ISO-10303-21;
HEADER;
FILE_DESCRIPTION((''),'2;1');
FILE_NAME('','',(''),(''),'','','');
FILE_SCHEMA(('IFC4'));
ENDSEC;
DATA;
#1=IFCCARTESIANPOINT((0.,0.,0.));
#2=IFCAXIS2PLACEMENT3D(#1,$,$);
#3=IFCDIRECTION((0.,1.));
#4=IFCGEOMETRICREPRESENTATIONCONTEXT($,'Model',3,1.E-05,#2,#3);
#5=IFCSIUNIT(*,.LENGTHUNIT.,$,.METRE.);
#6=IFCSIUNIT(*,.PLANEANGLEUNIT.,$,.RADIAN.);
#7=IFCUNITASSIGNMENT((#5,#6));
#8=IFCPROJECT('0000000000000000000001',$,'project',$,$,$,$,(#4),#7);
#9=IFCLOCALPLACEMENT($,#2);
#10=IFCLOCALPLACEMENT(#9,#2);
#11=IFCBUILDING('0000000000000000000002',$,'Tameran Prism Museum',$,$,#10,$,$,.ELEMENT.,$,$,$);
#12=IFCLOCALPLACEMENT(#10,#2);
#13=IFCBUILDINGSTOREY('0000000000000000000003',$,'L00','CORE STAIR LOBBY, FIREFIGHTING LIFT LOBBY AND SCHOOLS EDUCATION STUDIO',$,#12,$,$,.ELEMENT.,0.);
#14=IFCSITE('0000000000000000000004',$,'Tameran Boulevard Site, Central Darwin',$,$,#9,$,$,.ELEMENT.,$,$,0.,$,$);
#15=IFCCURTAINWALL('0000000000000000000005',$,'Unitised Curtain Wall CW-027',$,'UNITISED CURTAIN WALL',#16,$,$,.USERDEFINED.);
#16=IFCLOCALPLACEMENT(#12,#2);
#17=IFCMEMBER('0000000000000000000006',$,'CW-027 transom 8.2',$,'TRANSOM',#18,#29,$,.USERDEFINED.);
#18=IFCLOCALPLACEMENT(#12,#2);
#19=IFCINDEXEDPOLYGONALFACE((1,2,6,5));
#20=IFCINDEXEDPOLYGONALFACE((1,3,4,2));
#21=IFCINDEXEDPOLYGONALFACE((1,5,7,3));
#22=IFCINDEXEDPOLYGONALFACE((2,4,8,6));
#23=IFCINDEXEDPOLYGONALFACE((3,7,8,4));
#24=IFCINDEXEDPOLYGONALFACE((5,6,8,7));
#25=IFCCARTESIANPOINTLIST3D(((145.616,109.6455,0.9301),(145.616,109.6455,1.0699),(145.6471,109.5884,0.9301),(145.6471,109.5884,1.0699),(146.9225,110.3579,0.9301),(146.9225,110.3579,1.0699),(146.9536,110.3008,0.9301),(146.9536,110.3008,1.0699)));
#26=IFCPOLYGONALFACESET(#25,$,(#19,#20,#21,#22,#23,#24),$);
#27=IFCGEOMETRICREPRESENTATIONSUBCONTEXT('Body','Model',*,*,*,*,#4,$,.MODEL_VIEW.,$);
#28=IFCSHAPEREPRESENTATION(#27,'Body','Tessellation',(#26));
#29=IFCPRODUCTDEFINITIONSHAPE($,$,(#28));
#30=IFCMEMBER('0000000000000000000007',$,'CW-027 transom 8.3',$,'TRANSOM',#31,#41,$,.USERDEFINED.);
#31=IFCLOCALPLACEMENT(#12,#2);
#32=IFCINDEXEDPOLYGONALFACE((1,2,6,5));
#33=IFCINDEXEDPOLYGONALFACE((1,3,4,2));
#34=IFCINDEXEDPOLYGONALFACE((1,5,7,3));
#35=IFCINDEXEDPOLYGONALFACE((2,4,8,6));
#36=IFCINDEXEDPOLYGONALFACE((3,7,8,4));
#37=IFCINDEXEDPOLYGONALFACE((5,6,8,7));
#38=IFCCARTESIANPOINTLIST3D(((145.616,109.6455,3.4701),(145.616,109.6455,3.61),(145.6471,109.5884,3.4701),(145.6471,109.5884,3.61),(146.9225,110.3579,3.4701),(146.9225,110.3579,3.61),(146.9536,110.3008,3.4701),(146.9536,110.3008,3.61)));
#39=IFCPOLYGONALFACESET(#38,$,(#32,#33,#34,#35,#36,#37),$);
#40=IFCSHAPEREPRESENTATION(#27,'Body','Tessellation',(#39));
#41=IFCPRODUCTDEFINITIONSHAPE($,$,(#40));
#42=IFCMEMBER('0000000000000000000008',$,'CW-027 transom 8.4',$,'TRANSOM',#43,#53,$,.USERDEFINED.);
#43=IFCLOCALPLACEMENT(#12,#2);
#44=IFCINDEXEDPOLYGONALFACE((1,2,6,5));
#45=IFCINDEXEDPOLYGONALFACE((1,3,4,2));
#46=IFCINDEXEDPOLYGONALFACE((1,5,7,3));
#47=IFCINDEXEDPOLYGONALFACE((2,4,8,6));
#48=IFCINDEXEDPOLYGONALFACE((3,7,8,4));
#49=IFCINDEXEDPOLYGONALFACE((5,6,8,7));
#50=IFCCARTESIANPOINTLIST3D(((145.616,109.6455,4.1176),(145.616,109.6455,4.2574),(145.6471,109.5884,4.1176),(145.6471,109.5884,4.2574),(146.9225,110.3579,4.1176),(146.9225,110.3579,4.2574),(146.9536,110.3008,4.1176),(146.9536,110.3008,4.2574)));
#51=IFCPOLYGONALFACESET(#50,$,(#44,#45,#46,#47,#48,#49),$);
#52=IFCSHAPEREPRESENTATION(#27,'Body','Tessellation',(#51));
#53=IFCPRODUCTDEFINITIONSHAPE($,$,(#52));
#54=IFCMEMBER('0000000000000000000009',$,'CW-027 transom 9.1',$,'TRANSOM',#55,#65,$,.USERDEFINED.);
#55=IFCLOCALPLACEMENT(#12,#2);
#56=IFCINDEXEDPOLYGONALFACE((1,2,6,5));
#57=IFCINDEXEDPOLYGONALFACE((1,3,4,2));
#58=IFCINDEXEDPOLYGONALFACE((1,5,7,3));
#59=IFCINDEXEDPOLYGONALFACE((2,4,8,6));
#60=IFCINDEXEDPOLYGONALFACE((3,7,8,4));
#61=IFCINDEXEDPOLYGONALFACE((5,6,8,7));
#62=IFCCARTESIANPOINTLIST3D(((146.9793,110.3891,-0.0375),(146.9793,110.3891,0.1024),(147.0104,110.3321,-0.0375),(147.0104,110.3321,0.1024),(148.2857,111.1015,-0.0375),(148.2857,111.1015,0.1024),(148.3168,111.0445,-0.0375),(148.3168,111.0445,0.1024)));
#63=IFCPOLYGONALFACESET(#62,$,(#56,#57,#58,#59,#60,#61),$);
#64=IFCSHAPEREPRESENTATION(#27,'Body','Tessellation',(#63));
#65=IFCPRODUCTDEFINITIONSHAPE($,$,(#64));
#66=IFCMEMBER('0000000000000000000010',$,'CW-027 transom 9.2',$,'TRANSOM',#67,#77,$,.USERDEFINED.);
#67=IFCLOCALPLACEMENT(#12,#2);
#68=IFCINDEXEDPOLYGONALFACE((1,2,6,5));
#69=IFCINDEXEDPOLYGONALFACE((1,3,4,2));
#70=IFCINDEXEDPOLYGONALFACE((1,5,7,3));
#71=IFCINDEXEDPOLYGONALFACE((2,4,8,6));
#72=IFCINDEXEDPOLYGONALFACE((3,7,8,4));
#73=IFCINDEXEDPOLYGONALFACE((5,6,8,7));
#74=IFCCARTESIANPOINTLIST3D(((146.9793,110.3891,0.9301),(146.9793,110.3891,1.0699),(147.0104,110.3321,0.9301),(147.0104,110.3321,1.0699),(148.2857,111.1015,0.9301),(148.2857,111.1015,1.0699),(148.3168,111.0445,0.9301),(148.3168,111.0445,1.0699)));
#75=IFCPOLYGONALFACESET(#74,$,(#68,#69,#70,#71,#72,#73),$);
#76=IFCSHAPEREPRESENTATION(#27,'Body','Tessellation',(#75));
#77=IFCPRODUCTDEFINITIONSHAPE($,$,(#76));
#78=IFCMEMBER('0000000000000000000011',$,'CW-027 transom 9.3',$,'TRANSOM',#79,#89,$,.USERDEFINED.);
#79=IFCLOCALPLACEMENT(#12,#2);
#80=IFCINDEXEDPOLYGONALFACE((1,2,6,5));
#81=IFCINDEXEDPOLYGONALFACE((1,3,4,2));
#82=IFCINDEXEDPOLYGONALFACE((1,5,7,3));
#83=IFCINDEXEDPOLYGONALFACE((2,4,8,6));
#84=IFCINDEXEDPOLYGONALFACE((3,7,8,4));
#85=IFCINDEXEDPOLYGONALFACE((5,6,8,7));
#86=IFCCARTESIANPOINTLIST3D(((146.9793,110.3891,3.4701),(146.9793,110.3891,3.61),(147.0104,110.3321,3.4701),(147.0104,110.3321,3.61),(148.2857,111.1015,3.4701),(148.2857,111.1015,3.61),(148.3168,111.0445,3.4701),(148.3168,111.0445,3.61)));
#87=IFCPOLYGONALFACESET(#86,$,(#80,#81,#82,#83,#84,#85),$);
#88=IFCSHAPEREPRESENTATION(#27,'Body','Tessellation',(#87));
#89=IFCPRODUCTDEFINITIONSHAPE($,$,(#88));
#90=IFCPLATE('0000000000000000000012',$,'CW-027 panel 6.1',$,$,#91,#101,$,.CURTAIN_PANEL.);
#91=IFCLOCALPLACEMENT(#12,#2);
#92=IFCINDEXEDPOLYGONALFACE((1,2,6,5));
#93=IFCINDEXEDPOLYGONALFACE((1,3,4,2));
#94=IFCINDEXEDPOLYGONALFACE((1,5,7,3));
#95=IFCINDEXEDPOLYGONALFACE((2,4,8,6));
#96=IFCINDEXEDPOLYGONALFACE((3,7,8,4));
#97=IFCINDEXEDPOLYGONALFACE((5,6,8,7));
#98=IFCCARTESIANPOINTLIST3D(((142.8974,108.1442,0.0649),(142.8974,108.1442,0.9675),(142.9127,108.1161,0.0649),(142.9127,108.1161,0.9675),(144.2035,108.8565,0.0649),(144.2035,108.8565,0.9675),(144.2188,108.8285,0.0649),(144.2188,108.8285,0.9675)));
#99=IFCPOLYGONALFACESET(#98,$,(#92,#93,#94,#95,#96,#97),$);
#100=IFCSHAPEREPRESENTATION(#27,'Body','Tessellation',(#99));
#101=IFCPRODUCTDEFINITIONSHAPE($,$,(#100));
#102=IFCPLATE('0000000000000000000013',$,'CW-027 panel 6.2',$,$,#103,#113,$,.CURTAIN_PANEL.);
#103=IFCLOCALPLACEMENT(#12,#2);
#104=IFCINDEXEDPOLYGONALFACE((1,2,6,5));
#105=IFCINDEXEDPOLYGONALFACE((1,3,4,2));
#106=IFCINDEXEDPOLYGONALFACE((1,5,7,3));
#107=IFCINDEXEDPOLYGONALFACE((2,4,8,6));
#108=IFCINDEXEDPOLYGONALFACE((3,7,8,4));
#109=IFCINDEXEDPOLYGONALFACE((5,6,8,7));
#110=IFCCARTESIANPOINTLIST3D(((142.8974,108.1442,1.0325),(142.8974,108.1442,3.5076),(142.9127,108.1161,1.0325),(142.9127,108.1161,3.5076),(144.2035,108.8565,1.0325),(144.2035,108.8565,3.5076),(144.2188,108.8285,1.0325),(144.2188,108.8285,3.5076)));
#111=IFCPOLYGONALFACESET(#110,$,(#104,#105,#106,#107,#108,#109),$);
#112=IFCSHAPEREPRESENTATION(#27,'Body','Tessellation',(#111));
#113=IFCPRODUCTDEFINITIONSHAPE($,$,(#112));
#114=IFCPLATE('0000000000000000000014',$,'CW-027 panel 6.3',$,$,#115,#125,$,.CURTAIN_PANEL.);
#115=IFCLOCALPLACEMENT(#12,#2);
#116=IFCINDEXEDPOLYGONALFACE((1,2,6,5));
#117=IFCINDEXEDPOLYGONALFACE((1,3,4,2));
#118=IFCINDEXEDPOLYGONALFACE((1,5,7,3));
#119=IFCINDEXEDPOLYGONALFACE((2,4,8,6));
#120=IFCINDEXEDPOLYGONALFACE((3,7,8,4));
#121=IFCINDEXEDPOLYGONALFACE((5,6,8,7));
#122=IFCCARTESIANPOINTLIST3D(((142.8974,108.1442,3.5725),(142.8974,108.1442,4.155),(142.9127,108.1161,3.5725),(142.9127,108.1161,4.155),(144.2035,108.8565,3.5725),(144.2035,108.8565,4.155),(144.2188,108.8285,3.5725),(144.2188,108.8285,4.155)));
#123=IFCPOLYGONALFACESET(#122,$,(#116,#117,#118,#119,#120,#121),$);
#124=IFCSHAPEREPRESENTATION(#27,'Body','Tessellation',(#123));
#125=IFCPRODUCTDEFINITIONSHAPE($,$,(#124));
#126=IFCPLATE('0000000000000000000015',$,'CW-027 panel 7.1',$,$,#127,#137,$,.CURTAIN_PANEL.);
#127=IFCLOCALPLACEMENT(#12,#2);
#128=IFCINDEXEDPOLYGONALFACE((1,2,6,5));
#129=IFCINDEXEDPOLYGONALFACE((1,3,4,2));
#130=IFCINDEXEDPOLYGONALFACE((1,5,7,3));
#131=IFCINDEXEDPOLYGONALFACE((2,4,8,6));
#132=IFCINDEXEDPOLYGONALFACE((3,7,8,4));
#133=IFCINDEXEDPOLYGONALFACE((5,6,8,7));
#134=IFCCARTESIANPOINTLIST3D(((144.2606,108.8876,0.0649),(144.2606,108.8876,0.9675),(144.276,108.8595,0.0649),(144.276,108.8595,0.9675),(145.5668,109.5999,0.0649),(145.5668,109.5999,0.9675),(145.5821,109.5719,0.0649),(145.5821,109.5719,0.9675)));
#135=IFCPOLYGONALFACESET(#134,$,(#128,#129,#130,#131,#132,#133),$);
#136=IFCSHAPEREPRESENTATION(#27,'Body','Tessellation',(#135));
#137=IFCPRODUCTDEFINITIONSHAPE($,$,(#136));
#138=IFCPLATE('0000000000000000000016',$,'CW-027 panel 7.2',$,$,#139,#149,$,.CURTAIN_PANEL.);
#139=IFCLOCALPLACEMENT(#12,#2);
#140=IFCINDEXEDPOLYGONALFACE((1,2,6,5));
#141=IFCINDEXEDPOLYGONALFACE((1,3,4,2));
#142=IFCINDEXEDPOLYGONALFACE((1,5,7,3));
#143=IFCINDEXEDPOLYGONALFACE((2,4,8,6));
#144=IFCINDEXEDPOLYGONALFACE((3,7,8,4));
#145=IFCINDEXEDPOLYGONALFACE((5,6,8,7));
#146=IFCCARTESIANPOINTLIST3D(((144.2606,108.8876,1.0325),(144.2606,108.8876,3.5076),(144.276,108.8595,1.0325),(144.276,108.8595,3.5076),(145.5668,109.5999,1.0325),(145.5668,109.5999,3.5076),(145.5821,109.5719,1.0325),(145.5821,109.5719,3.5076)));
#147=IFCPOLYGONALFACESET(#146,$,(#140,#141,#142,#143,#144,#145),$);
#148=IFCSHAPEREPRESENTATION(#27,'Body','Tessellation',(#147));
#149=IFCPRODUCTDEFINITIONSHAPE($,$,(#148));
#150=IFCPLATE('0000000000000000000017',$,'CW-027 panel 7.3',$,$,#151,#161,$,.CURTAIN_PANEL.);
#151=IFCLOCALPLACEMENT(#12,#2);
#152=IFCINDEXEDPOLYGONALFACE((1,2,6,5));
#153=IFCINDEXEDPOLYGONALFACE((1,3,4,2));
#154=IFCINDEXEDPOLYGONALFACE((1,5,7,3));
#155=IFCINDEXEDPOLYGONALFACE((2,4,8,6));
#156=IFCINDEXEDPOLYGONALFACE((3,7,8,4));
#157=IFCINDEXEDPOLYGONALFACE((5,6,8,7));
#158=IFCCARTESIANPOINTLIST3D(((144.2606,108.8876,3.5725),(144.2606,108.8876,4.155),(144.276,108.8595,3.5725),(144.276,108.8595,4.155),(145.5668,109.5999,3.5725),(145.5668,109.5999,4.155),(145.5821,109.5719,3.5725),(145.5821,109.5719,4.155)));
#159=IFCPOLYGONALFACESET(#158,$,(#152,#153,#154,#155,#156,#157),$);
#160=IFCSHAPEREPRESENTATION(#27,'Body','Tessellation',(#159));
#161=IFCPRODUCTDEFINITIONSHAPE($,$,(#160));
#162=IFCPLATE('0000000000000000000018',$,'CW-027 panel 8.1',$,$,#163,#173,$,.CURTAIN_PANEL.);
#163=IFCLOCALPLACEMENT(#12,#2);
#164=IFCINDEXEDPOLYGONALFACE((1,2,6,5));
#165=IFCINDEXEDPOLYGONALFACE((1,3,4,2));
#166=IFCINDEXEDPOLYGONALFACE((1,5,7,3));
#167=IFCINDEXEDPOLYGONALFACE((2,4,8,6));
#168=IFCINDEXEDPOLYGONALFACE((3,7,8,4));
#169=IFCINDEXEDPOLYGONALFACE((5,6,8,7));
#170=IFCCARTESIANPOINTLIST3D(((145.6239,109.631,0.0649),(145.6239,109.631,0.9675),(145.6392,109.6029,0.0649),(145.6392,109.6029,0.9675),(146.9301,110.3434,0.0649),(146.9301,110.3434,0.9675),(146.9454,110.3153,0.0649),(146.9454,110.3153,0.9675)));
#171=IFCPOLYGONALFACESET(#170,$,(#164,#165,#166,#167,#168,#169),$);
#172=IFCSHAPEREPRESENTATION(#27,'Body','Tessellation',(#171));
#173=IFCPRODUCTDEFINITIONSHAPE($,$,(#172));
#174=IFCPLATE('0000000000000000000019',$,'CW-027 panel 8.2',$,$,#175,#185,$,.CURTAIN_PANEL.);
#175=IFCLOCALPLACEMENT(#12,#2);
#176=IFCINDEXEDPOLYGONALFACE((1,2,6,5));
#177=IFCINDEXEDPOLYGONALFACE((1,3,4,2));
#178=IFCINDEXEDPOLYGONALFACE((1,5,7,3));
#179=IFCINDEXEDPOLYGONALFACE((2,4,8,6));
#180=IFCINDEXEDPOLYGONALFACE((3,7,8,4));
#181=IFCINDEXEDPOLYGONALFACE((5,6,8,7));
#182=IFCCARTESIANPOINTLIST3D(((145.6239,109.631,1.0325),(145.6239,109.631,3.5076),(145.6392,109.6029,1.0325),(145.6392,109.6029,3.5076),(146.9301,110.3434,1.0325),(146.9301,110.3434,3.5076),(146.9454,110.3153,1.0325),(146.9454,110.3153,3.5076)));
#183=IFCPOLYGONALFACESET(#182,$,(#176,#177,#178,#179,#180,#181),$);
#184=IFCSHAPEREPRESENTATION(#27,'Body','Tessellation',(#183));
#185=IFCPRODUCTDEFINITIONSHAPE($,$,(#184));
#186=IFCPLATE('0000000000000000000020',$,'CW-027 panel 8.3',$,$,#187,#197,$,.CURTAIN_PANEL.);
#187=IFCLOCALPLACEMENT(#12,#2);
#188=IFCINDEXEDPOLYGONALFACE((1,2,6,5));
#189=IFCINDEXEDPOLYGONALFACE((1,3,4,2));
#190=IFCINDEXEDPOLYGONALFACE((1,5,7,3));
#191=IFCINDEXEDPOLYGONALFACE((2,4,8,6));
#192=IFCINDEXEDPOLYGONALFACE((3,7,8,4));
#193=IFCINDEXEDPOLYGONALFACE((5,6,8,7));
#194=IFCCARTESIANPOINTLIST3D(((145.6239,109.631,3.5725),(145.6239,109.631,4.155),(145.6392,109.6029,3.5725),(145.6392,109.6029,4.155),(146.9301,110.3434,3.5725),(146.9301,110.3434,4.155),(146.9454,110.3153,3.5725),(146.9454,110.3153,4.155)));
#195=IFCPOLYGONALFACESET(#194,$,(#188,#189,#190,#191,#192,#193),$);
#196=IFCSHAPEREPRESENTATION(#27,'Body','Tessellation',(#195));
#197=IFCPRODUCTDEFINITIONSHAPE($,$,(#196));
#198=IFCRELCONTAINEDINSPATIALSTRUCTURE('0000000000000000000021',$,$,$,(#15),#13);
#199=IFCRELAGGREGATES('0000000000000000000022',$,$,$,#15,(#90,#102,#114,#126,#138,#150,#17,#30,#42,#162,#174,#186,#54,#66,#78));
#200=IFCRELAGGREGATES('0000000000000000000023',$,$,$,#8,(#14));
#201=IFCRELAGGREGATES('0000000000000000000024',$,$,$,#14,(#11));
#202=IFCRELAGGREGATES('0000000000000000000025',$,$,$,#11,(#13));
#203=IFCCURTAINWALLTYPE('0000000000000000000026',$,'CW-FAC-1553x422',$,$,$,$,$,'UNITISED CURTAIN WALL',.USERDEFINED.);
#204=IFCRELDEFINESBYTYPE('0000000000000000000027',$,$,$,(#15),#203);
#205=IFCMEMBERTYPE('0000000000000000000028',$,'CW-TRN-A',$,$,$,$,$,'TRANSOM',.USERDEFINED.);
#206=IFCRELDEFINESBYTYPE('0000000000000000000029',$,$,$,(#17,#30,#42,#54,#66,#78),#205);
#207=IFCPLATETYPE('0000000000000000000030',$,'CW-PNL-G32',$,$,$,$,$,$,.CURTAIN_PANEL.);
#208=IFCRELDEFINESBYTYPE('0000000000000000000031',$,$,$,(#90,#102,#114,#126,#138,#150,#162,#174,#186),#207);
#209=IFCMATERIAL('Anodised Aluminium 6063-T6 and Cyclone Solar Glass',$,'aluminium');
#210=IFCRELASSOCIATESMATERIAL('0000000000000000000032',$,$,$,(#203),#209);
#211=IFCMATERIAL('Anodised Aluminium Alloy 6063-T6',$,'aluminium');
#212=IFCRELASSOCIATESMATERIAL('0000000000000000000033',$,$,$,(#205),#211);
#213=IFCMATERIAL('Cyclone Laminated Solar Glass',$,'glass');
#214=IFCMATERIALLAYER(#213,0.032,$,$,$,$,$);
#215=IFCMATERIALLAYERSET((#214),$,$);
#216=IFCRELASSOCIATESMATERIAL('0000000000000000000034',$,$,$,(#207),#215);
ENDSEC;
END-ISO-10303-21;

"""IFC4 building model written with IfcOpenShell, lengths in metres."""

from ifc_helpers import new_model, si_unit, direction, frame, origin, origin_2d, place, context, subcontext, project, spatial, rectangle, extrude, material, layer, layer_set, material_profile, profile_set, type_object, element, aggregate, save


model = new_model("IFC4")

# Units and contexts
model_context = context("Model", 3, precision=1e-05, world=origin(), true_north=direction((0.0, 1.0)))
body_context = subcontext(model_context, "Body", "Model", "MODEL_VIEW")
ifc_project = project(units=[si_unit("LENGTHUNIT", "METRE"), si_unit("PLANEANGLEUNIT", "RADIAN")], contexts=[model_context])

# Site, building, storey
site_placement = place(None, origin())
site = spatial("IfcSite", under=ifc_project, at=site_placement, Name="Tameran Boulevard Site, Central Darwin", CompositionType="ELEMENT", RefElevation=0.0)
building_placement = place(site_placement, origin())
building = spatial("IfcBuilding", under=site, at=building_placement, Name="Tameran Prism Museum", CompositionType="ELEMENT")
storey_placement = place(building_placement, origin())
storey = spatial("IfcBuildingStorey", under=building, at=storey_placement, Name="L00", Description="CORE STAIR LOBBY, FIREFIGHTING LIFT LOBBY AND SCHOOLS EDUCATION STUDIO", CompositionType="ELEMENT", Elevation=0.0)

# Curtain wall, members, plates
ifc_material_1 = material(Name="Anodised Aluminium 6063-T6 and Cyclone Solar Glass", Category="aluminium")
curtain_wall_type = type_object("IfcCurtainWallType", Name="CW-FAC-1553x422", ElementType="UNITISED CURTAIN WALL", PredefinedType="USERDEFINED", material=ifc_material_1)
curtain_wall_placement = place(storey_placement, origin())
curtain_wall = element("IfcCurtainWall", 1, at=curtain_wall_placement, inside=storey, type_object=curtain_wall_type, Name="Unitised Curtain Wall CW-027", ObjectType="UNITISED CURTAIN WALL", PredefinedType="USERDEFINED")
ifc_material_2 = material(Name="Anodised Aluminium Alloy 6063-T6", Category="aluminium")
ifc_material_profile_1 = material_profile(ifc_material_2, rectangle(XDim=0.0649, YDim=0.1399, at=origin_2d()))
ifc_profile_set_1 = profile_set([ifc_material_profile_1])
member_type_1 = type_object("IfcMemberType", Name="CW-TRN-A", ElementType="TRANSOM", PredefinedType="USERDEFINED", material=ifc_profile_set_1)
member_1_placement = place(storey_placement, frame((145.6316, 109.6169, 1.0), z_axis=(0.877946, 0.47876, 0.0), x_axis=(-0.47876, 0.877946, 0.0)))
member_1 = element("IfcMember", 2, at=member_1_placement, type_object=member_type_1, Name="CW-027 transom 8.2", ObjectType="TRANSOM", PredefinedType="USERDEFINED", context=body_context, shape_type="SweptSolid", body=[
    extrude(rectangle(XDim=0.0649, YDim=0.1399, at=origin_2d()), origin(), (0.0, 0.0, 1.0), 1.488),
])
member_2_placement = place(storey_placement, frame((145.6316, 109.6169, 3.54), z_axis=(0.877946, 0.47876, 0.0), x_axis=(-0.47876, 0.877946, 0.0)))
member_2 = element("IfcMember", 3, at=member_2_placement, type_object=member_type_1, Name="CW-027 transom 8.3", ObjectType="TRANSOM", PredefinedType="USERDEFINED", context=body_context, shape_type="SweptSolid", body=[
    extrude(rectangle(XDim=0.0649, YDim=0.1399, at=origin_2d()), origin(), (0.0, 0.0, 1.0), 1.488),
])
member_3_placement = place(storey_placement, frame((145.6316, 109.6169, 4.1875), z_axis=(0.877946, 0.47876, 0.0), x_axis=(-0.47876, 0.877946, 0.0)))
member_3 = element("IfcMember", 4, at=member_3_placement, type_object=member_type_1, Name="CW-027 transom 8.4", ObjectType="TRANSOM", PredefinedType="USERDEFINED", context=body_context, shape_type="SweptSolid", body=[
    extrude(rectangle(XDim=0.0649, YDim=0.1399, at=origin_2d()), origin(), (0.0, 0.0, 1.0), 1.488),
])
member_4_placement = place(storey_placement, frame((146.9949, 110.3606, 0.0325), z_axis=(0.877946, 0.47876, 0.0), x_axis=(-0.47876, 0.877946, 0.0)))
member_4 = element("IfcMember", 5, at=member_4_placement, type_object=member_type_1, Name="CW-027 transom 9.1", ObjectType="TRANSOM", PredefinedType="USERDEFINED", context=body_context, shape_type="SweptSolid", body=[
    extrude(rectangle(XDim=0.0649, YDim=0.1399, at=origin_2d()), origin(), (0.0, 0.0, 1.0), 1.488),
])
member_5_placement = place(storey_placement, frame((146.9949, 110.3606, 1.0), z_axis=(0.877946, 0.47876, 0.0), x_axis=(-0.47876, 0.877946, 0.0)))
member_5 = element("IfcMember", 6, at=member_5_placement, type_object=member_type_1, Name="CW-027 transom 9.2", ObjectType="TRANSOM", PredefinedType="USERDEFINED", context=body_context, shape_type="SweptSolid", body=[
    extrude(rectangle(XDim=0.0649, YDim=0.1399, at=origin_2d()), origin(), (0.0, 0.0, 1.0), 1.488),
])
member_6_placement = place(storey_placement, frame((146.9949, 110.3606, 3.54), z_axis=(0.877946, 0.47876, 0.0), x_axis=(-0.47876, 0.877946, 0.0)))
member_6 = element("IfcMember", 7, at=member_6_placement, type_object=member_type_1, Name="CW-027 transom 9.3", ObjectType="TRANSOM", PredefinedType="USERDEFINED", context=body_context, shape_type="SweptSolid", body=[
    extrude(rectangle(XDim=0.0649, YDim=0.1399, at=origin_2d()), origin(), (0.0, 0.0, 1.0), 1.488),
])
ifc_material_3 = material(Name="Cyclone Laminated Solar Glass", Category="glass")
ifc_layer = layer(ifc_material_3, 0.032)
ifc_layer_set = layer_set([ifc_layer])
plate_type = type_object("IfcPlateType", Name="CW-PNL-G32", PredefinedType="CURTAIN_PANEL", material=ifc_layer_set)
plate_1_placement = place(storey_placement, frame((143.5581, 108.4863, 0.0649), z_axis=(0.0, 0.0, 1.0), x_axis=(0.877928, 0.478793, 0.0)))
plate_1 = element("IfcPlate", 8, at=plate_1_placement, type_object=plate_type, Name="CW-027 panel 6.1", PredefinedType="CURTAIN_PANEL", context=body_context, shape_type="SweptSolid", body=[
    extrude(rectangle(XDim=1.4878, YDim=0.032, at=origin_2d()), origin(), (0.0, 0.0, 1.0), 0.9026),
])
plate_2_placement = place(storey_placement, frame((143.5581, 108.4863, 1.0325), z_axis=(0.0, 0.0, 1.0), x_axis=(0.877928, 0.478793, 0.0)))
plate_2 = element("IfcPlate", 9, at=plate_2_placement, type_object=plate_type, Name="CW-027 panel 6.2", PredefinedType="CURTAIN_PANEL", context=body_context, shape_type="SweptSolid", body=[
    extrude(rectangle(XDim=1.4878, YDim=0.032, at=origin_2d()), origin(), (0.0, 0.0, 1.0), 2.4751),
])
plate_3_placement = place(storey_placement, frame((143.5581, 108.4863, 3.5725), z_axis=(0.0, 0.0, 1.0), x_axis=(0.877928, 0.478793, 0.0)))
plate_3 = element("IfcPlate", 10, at=plate_3_placement, type_object=plate_type, Name="CW-027 panel 6.3", PredefinedType="CURTAIN_PANEL", context=body_context, shape_type="SweptSolid", body=[
    extrude(rectangle(XDim=1.4878, YDim=0.032, at=origin_2d()), origin(), (0.0, 0.0, 1.0), 0.5825),
])
plate_4_placement = place(storey_placement, frame((144.9214, 109.2297, 0.0649), z_axis=(0.0, 0.0, 1.0), x_axis=(0.877928, 0.478793, 0.0)))
plate_4 = element("IfcPlate", 11, at=plate_4_placement, type_object=plate_type, Name="CW-027 panel 7.1", PredefinedType="CURTAIN_PANEL", context=body_context, shape_type="SweptSolid", body=[
    extrude(rectangle(XDim=1.4878, YDim=0.032, at=origin_2d()), origin(), (0.0, 0.0, 1.0), 0.9026),
])
plate_5_placement = place(storey_placement, frame((144.9214, 109.2297, 1.0325), z_axis=(0.0, 0.0, 1.0), x_axis=(0.877928, 0.478793, 0.0)))
plate_5 = element("IfcPlate", 12, at=plate_5_placement, type_object=plate_type, Name="CW-027 panel 7.2", PredefinedType="CURTAIN_PANEL", context=body_context, shape_type="SweptSolid", body=[
    extrude(rectangle(XDim=1.4878, YDim=0.032, at=origin_2d()), origin(), (0.0, 0.0, 1.0), 2.4751),
])
plate_6_placement = place(storey_placement, frame((144.9214, 109.2297, 3.5725), z_axis=(0.0, 0.0, 1.0), x_axis=(0.877928, 0.478793, 0.0)))
plate_6 = element("IfcPlate", 13, at=plate_6_placement, type_object=plate_type, Name="CW-027 panel 7.3", PredefinedType="CURTAIN_PANEL", context=body_context, shape_type="SweptSolid", body=[
    extrude(rectangle(XDim=1.4878, YDim=0.032, at=origin_2d()), origin(), (0.0, 0.0, 1.0), 0.5825),
])
plate_7_placement = place(storey_placement, frame((146.2847, 109.9731, 0.0649), z_axis=(0.0, 0.0, 1.0), x_axis=(0.877928, 0.478793, 0.0)))
plate_7 = element("IfcPlate", 14, at=plate_7_placement, type_object=plate_type, Name="CW-027 panel 8.1", PredefinedType="CURTAIN_PANEL", context=body_context, shape_type="SweptSolid", body=[
    extrude(rectangle(XDim=1.4878, YDim=0.032, at=origin_2d()), origin(), (0.0, 0.0, 1.0), 0.9026),
])
plate_8_placement = place(storey_placement, frame((146.2847, 109.9731, 1.0325), z_axis=(0.0, 0.0, 1.0), x_axis=(0.877928, 0.478793, 0.0)))
plate_8 = element("IfcPlate", 15, at=plate_8_placement, type_object=plate_type, Name="CW-027 panel 8.2", PredefinedType="CURTAIN_PANEL", context=body_context, shape_type="SweptSolid", body=[
    extrude(rectangle(XDim=1.4878, YDim=0.032, at=origin_2d()), origin(), (0.0, 0.0, 1.0), 2.4751),
])
plate_9_placement = place(storey_placement, frame((146.2847, 109.9731, 3.5725), z_axis=(0.0, 0.0, 1.0), x_axis=(0.877928, 0.478793, 0.0)))
plate_9 = element("IfcPlate", 16, at=plate_9_placement, type_object=plate_type, Name="CW-027 panel 8.3", PredefinedType="CURTAIN_PANEL", context=body_context, shape_type="SweptSolid", body=[
    extrude(rectangle(XDim=1.4878, YDim=0.032, at=origin_2d()), origin(), (0.0, 0.0, 1.0), 0.5825),
])
aggregate(curtain_wall, [plate_1, plate_2, plate_3, plate_4, plate_5, plate_6, member_1, member_2, member_3, plate_7, plate_8, plate_9, member_4, member_5, member_6])

save(model, "model.ifc")
